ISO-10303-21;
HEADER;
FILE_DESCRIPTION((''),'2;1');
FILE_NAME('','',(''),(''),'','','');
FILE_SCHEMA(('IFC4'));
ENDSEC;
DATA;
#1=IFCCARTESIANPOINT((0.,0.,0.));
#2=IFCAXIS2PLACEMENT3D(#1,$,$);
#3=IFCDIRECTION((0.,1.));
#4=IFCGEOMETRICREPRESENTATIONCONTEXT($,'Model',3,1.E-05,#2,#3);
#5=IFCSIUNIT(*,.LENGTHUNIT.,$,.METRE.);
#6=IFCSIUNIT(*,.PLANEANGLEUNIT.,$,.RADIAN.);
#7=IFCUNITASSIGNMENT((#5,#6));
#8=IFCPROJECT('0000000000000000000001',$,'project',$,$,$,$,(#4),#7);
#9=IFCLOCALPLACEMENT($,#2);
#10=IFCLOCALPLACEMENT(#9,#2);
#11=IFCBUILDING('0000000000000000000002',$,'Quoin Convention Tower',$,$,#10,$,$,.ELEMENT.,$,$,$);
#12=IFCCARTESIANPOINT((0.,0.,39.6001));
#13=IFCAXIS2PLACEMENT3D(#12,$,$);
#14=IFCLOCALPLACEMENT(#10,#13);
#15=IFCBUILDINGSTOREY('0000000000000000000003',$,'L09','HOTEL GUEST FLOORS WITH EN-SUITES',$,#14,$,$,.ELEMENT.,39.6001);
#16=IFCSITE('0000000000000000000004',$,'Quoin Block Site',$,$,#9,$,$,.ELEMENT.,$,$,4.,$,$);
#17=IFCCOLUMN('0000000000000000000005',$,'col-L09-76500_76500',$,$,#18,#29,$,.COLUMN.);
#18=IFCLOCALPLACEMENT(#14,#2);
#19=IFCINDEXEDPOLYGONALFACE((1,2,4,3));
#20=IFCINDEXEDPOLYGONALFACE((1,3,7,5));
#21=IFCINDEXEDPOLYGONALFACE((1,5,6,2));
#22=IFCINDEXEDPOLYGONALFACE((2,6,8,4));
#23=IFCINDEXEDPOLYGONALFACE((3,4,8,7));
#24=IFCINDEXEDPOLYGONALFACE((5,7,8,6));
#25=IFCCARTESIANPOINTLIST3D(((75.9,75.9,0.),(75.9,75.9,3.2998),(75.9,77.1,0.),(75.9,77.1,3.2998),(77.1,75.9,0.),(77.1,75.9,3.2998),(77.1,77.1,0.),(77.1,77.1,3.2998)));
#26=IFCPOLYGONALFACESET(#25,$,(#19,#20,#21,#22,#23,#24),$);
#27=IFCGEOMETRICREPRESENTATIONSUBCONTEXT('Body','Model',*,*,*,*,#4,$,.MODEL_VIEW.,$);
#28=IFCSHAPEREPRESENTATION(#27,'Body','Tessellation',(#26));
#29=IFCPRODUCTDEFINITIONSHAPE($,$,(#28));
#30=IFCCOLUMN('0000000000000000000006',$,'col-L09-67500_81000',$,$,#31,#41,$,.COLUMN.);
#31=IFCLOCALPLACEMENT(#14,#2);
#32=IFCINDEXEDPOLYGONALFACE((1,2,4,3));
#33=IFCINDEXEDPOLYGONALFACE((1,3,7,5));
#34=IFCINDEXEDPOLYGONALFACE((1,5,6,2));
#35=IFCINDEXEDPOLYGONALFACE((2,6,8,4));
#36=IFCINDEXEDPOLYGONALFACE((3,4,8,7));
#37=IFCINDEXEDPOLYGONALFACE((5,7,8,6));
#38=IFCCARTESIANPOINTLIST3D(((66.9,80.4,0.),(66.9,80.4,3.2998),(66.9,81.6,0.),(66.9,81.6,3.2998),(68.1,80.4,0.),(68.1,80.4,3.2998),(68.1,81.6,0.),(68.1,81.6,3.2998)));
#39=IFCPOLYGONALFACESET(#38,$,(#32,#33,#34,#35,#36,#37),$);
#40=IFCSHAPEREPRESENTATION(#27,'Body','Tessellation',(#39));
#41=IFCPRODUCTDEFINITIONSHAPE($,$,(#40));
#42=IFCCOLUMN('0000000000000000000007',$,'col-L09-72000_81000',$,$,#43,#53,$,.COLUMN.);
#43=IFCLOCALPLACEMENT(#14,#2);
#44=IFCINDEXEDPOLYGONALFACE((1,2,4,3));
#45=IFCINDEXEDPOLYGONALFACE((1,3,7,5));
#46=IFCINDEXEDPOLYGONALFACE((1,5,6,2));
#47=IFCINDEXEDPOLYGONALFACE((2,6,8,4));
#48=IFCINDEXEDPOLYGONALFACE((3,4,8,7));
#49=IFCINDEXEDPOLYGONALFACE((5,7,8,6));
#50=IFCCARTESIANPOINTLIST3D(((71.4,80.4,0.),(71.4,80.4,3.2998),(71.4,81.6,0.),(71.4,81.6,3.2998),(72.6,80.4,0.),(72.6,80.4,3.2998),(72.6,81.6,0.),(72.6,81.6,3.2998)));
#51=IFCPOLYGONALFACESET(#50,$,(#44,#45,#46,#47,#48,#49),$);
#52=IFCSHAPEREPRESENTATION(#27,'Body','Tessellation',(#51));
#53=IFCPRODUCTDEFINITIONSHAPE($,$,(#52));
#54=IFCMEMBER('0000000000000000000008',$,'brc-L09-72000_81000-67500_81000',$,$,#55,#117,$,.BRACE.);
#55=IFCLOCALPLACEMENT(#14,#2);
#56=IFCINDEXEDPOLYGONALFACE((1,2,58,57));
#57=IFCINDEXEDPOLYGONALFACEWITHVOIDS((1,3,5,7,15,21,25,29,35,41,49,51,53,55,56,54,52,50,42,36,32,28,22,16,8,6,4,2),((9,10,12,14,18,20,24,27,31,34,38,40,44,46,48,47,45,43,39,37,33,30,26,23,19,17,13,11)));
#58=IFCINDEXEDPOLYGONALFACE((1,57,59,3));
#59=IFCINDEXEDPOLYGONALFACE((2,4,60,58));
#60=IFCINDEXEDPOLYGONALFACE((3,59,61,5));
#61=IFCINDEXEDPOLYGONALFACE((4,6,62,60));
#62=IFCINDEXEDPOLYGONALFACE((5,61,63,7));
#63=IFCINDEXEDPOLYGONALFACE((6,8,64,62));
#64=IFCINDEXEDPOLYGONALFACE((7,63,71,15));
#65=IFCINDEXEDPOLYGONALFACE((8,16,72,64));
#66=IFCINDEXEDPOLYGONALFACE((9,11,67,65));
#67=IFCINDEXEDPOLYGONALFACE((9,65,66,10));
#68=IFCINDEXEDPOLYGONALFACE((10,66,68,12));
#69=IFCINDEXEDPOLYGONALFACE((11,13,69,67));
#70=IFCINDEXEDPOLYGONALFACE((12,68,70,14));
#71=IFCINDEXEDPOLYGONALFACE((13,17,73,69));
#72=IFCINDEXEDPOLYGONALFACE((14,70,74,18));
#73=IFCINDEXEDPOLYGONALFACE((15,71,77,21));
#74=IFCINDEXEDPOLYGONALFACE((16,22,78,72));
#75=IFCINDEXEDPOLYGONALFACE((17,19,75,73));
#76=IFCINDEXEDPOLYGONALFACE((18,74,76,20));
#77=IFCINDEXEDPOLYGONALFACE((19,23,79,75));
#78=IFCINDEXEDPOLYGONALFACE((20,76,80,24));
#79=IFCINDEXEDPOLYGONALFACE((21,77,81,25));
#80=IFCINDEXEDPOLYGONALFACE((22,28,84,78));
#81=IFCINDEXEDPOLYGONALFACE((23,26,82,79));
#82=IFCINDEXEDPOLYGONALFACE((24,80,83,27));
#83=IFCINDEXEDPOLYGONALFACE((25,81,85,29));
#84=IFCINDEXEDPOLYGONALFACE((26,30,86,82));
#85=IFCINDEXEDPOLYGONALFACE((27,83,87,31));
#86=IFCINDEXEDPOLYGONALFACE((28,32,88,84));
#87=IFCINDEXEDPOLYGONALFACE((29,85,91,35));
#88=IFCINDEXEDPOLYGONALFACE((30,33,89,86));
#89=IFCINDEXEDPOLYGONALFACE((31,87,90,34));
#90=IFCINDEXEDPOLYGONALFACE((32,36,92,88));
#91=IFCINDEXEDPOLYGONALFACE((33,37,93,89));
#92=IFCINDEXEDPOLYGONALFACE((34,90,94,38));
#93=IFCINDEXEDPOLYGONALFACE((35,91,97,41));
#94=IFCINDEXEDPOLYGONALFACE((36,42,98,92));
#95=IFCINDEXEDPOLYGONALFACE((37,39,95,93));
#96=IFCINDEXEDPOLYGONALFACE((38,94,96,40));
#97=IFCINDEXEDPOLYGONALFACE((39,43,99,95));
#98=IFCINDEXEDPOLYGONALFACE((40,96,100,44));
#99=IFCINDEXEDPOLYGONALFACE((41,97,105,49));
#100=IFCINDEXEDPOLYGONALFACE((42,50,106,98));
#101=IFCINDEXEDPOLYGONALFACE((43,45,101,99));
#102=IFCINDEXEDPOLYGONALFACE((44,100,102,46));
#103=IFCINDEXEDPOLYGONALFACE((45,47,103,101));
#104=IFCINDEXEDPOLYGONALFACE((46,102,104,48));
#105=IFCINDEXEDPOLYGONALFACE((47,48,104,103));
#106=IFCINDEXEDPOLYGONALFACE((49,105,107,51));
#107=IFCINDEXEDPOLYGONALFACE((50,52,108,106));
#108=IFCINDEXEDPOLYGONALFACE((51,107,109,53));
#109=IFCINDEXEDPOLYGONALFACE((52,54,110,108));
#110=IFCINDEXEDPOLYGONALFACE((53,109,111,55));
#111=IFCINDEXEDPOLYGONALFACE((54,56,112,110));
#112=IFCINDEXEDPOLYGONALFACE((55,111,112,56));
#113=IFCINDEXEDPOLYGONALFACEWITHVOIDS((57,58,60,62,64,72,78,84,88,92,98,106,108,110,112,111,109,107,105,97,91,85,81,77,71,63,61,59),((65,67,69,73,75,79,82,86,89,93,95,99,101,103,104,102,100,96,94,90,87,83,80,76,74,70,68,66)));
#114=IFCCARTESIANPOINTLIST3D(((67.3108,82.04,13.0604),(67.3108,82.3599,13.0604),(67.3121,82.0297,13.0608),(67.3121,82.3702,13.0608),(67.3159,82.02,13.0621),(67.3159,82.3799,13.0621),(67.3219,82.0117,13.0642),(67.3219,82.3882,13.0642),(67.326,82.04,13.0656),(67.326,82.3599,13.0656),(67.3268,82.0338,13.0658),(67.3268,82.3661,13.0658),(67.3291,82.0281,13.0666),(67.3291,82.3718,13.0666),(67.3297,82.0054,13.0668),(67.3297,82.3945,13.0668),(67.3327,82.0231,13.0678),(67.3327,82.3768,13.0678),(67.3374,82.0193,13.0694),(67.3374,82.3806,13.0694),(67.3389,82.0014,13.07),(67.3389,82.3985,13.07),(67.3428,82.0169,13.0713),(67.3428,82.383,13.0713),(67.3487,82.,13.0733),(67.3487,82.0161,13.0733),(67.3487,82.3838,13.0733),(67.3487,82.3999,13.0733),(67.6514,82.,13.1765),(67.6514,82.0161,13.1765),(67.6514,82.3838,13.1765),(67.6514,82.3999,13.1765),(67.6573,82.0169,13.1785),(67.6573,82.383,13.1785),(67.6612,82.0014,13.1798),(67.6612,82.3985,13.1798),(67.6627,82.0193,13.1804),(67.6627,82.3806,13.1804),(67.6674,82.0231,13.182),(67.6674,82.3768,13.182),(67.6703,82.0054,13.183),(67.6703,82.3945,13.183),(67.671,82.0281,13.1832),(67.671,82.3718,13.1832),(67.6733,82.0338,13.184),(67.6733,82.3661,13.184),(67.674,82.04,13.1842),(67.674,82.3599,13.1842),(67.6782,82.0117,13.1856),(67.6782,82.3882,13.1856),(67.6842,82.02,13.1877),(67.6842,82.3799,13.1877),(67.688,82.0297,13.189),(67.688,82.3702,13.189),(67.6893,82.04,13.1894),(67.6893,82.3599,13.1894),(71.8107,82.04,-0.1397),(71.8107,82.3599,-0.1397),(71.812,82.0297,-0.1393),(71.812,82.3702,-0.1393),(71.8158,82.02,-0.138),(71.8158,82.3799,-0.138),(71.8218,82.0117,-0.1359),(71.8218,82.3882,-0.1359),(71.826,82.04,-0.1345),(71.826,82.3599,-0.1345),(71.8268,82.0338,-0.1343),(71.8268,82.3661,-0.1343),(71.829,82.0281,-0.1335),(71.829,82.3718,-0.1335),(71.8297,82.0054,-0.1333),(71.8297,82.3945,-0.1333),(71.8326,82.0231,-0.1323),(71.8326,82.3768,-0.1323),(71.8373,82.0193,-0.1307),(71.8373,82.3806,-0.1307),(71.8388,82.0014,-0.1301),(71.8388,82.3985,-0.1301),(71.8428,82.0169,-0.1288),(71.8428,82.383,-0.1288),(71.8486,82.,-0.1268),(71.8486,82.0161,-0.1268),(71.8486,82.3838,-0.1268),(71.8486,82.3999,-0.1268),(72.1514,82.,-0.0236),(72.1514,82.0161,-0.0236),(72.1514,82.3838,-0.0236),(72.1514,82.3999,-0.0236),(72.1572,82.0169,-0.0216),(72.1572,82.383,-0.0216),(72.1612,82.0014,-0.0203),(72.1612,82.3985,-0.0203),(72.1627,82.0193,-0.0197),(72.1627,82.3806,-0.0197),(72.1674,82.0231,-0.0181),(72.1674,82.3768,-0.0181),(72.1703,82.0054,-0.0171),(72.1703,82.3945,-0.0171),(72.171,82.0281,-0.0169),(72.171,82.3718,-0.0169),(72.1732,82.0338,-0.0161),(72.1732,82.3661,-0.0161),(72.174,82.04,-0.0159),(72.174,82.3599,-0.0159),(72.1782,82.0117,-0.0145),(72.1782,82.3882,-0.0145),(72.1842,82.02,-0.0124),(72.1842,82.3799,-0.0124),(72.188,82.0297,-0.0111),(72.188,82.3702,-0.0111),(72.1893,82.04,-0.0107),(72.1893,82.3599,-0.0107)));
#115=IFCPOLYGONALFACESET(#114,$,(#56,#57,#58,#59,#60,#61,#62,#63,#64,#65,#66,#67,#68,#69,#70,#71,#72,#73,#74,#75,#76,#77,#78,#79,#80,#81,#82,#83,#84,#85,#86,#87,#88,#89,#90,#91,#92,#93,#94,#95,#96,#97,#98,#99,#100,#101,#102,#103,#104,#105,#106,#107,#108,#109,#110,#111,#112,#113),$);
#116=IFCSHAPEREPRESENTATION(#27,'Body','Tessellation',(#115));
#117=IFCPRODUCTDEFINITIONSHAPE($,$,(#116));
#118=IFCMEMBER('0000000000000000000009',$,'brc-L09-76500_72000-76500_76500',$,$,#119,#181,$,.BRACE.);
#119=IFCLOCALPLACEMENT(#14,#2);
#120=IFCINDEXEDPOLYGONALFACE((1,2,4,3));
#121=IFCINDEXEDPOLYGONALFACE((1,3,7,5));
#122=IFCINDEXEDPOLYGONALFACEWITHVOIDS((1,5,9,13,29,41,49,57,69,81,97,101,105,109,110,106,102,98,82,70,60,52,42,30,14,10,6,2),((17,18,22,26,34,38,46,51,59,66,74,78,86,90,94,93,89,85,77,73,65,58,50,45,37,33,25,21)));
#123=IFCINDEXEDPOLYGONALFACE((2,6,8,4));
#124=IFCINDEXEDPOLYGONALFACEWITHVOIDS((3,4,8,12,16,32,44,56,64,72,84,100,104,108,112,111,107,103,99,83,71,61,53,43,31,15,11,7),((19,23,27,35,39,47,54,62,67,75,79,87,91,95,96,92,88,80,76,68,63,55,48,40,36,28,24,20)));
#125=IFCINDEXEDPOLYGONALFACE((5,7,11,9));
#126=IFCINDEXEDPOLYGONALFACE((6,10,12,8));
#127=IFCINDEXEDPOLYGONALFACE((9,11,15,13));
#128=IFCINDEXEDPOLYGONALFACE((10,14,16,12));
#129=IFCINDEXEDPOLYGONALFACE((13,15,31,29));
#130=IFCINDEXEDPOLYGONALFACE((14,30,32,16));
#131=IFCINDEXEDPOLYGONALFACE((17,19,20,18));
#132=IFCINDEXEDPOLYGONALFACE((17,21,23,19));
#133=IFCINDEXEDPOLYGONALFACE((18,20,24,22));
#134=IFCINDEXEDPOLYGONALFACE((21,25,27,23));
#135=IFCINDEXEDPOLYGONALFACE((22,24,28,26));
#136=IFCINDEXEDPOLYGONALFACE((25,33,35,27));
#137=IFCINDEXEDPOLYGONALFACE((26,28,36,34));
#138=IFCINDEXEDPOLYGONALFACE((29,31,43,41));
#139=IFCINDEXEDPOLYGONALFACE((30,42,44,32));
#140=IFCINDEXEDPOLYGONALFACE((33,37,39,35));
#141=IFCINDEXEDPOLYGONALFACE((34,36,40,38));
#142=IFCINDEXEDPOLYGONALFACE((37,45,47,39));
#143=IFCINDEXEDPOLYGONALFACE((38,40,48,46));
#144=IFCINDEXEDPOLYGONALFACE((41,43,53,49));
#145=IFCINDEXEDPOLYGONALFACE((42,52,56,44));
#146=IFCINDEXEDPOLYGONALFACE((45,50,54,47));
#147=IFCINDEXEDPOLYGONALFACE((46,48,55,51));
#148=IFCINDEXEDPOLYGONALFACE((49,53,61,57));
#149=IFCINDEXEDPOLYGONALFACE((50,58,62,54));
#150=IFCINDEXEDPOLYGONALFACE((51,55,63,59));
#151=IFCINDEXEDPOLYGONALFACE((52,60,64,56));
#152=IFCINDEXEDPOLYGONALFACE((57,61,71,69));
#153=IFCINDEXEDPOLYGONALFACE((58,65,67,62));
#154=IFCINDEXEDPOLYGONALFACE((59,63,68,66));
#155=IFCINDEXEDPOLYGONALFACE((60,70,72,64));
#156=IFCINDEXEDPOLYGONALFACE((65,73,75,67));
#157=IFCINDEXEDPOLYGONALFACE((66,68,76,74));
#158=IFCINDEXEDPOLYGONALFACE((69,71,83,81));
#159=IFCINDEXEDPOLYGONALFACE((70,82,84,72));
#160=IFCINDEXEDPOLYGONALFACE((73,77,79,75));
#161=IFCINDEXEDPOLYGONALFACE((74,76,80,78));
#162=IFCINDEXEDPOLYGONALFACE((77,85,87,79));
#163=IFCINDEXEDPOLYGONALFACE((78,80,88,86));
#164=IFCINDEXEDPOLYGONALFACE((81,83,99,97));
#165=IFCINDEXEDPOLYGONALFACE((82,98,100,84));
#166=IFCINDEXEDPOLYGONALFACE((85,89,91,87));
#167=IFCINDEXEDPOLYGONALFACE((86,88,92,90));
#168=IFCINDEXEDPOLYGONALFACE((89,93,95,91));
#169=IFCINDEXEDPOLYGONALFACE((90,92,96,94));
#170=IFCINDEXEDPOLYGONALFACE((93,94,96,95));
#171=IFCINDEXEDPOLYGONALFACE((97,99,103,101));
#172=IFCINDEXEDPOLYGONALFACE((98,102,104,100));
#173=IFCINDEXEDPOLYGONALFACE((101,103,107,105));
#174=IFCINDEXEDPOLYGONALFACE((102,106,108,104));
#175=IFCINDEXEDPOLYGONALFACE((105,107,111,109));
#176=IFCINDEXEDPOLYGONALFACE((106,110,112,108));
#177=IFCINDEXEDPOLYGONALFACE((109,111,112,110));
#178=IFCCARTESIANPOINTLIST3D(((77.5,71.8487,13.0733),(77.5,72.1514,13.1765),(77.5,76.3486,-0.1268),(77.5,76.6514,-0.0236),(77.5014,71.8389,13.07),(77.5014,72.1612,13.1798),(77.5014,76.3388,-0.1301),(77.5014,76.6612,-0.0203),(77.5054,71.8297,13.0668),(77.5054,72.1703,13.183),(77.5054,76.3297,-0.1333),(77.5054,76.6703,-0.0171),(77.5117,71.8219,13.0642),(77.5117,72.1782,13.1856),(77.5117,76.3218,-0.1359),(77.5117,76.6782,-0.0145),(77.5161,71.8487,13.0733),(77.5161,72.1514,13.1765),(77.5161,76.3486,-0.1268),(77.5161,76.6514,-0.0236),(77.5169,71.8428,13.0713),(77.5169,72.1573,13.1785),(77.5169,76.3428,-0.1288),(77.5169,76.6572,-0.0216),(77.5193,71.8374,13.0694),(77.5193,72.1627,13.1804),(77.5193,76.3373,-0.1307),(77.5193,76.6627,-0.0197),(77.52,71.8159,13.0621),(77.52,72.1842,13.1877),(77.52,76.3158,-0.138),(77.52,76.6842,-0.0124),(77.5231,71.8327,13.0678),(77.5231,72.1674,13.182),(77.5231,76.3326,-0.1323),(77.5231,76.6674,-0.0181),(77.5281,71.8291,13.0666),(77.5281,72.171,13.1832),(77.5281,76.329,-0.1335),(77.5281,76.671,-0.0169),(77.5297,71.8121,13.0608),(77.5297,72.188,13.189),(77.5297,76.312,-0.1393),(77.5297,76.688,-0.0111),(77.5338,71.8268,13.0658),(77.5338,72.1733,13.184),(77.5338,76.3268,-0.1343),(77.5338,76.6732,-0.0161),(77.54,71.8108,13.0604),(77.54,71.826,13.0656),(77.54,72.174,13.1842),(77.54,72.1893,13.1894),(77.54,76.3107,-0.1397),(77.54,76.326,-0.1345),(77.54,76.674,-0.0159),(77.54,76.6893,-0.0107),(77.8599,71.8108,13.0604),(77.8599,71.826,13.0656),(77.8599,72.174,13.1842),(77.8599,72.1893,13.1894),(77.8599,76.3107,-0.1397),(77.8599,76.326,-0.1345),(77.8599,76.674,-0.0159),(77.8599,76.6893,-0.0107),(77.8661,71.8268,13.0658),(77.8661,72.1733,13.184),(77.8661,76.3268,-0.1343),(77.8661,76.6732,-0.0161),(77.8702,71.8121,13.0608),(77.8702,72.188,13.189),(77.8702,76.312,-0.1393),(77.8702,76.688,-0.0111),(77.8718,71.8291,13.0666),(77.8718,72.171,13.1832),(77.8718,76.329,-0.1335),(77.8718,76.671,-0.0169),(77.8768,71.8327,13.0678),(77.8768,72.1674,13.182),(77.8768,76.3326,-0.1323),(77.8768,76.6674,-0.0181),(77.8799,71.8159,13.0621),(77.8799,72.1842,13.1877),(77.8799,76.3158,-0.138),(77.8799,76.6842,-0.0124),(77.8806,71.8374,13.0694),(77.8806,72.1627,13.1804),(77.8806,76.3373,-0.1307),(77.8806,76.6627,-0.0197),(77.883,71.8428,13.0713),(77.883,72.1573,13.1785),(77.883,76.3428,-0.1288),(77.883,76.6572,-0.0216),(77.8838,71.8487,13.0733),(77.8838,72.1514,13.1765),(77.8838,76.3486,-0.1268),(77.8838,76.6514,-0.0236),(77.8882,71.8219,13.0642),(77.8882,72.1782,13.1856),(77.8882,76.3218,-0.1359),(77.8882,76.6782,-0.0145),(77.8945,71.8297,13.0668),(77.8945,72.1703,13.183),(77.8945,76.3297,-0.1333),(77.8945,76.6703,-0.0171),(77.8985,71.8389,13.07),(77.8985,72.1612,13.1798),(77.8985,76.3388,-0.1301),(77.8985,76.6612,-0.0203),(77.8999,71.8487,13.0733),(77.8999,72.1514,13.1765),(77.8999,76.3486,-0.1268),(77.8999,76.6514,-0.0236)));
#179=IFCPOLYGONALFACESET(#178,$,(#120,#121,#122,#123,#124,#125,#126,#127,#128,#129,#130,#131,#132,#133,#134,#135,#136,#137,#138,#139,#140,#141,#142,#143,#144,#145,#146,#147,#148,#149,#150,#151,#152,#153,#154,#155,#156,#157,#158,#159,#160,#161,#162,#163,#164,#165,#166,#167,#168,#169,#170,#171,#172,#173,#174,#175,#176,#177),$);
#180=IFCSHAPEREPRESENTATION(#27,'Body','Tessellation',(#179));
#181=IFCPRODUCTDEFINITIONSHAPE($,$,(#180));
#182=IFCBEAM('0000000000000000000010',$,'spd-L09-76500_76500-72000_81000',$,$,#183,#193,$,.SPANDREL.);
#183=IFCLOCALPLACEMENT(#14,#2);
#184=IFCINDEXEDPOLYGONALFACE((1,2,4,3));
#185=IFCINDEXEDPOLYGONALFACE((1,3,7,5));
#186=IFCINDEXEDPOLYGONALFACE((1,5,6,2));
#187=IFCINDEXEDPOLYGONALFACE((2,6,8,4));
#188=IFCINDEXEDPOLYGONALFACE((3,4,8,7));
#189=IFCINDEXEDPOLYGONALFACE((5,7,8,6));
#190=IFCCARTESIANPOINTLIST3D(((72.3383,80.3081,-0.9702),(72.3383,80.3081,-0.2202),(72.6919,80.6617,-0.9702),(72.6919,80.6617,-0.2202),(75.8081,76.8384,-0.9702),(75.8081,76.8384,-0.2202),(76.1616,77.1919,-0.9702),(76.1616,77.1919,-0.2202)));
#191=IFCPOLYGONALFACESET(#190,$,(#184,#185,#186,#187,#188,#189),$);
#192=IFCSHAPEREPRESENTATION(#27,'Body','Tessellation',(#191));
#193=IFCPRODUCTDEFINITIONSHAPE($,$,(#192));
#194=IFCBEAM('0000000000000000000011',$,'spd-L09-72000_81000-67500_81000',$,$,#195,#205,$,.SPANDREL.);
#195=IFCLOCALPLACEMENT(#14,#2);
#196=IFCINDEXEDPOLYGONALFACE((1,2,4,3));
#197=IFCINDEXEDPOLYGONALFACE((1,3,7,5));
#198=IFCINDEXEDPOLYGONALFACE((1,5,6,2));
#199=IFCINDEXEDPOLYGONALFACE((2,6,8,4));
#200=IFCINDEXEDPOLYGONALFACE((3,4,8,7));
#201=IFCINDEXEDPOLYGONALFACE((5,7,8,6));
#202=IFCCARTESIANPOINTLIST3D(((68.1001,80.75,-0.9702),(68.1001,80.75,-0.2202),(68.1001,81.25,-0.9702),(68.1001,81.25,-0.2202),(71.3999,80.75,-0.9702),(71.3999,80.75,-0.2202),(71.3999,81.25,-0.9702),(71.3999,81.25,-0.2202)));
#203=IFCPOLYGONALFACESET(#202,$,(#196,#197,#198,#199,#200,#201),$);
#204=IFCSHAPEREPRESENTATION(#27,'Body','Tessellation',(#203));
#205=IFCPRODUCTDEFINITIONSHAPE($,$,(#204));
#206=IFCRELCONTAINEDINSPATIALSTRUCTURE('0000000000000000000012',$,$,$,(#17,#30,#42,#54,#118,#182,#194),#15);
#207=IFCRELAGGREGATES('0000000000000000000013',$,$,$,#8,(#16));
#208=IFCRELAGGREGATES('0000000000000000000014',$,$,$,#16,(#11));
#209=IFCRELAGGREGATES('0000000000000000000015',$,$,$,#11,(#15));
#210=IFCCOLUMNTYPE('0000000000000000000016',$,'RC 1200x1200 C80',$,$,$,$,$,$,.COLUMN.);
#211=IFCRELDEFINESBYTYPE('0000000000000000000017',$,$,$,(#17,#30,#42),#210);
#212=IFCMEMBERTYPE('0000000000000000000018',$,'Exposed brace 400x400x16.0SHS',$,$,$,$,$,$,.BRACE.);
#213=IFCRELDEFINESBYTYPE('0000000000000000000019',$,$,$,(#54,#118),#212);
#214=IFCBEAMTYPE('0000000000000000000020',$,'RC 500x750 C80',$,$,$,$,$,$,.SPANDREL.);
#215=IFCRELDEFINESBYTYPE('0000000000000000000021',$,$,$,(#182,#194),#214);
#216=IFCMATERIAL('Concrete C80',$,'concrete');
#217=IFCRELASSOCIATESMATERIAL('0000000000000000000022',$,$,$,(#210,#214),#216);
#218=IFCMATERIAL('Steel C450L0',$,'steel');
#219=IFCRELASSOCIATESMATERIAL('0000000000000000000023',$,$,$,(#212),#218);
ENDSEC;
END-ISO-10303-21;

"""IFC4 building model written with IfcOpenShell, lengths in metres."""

from ifc_helpers import new_model, si_unit, direction, frame, origin, origin_2d, place, context, subcontext, project, spatial, rectangle, hollow_rectangle, extrude, material, material_profile, profile_set, type_object, element, save


model = new_model("IFC4")

# Units and contexts
model_context = context("Model", 3, precision=1e-05, world=origin(), true_north=direction((0.0, 1.0)))
body_context = subcontext(model_context, "Body", "Model", "MODEL_VIEW")
ifc_project = project(units=[si_unit("LENGTHUNIT", "METRE"), si_unit("PLANEANGLEUNIT", "RADIAN")], contexts=[model_context])

# Site, building, storey
site_placement = place(None, origin())
site = spatial("IfcSite", under=ifc_project, at=site_placement, Name="Quoin Block Site", CompositionType="ELEMENT", RefElevation=4.0)
building_placement = place(site_placement, origin())
building = spatial("IfcBuilding", under=site, at=building_placement, Name="Quoin Convention Tower", CompositionType="ELEMENT")
storey_placement = place(building_placement, frame((0.0, 0.0, 39.6001)))
storey = spatial("IfcBuildingStorey", under=building, at=storey_placement, Name="L09", Description="HOTEL GUEST FLOORS WITH EN-SUITES", CompositionType="ELEMENT", Elevation=39.6001)

# Columns
ifc_material_1 = material(Name="Concrete C80", Category="concrete")
ifc_material_profile_1 = material_profile(ifc_material_1, rectangle(XDim=1.2, YDim=1.2, at=origin_2d()), Name="RC 1200x1200")
ifc_profile_set_1 = profile_set([ifc_material_profile_1], Name="Concrete C80")
column_type = type_object("IfcColumnType", Name="RC 1200x1200 C80", PredefinedType="COLUMN", material=ifc_profile_set_1)
for number, where, z_axis, x_axis, name in (
    (1, (76.5, 76.5, 0.0), (0.0, 0.0, 1.0), (1.0, 0.0, 0.0), "col-L09-76500_76500"),
    (2, (67.5, 81.0, 0.0), (0.0, 0.0, 1.0), (1.0, 0.0, 0.0), "col-L09-67500_81000"),
    (3, (72.0, 81.0, 0.0), (0.0, 0.0, 1.0), (1.0, 0.0, 0.0), "col-L09-72000_81000"),
):
    element("IfcColumn", number, at=place(storey_placement, frame(where, z_axis=z_axis, x_axis=x_axis)), inside=storey, type_object=column_type, Name=name, PredefinedType="COLUMN", context=body_context, shape_type="SweptSolid", body=[
        extrude(rectangle(XDim=1.2, YDim=1.2, at=origin_2d()), origin(), (0.0, 0.0, 1.0), 3.2998),
    ])

# Members
ifc_material_2 = material(Name="Steel C450L0", Category="steel")
ifc_material_profile_2 = material_profile(ifc_material_2, hollow_rectangle(XDim=0.3999, YDim=0.3999, WallThickness=0.0161, InnerFilletRadius=0.0239, OuterFilletRadius=0.04, at=origin_2d()), Name="400x400x16.0SHS")
ifc_profile_set_2 = profile_set([ifc_material_profile_2], Name="Steel C450L0")
member_type = type_object("IfcMemberType", Name="Exposed brace 400x400x16.0SHS", PredefinedType="BRACE", material=ifc_profile_set_2)
for number, where, z_axis, x_axis, name in (
    (4, (72.0, 82.2, -0.0752), (-0.32267, 0.0, 0.946512), (0.0, -1.0, 0.0), "brc-L09-72000_81000-67500_81000"),
    (5, (77.7, 76.5, -0.0752), (0.0, -0.32267, 0.946512), (1.0, 0.0, 0.0), "brc-L09-76500_72000-76500_76500"),
):
    element("IfcMember", number, at=place(storey_placement, frame(where, z_axis=z_axis, x_axis=x_axis)), inside=storey, type_object=member_type, Name=name, PredefinedType="BRACE", context=body_context, shape_type="SweptSolid", body=[
        extrude(hollow_rectangle(XDim=0.3999, YDim=0.3999, WallThickness=0.0161, InnerFilletRadius=0.0239, OuterFilletRadius=0.04, at=origin_2d()), origin(), (0.0, 0.0, 1.0), 13.946),
    ])

# Beams
ifc_material_profile_3 = material_profile(ifc_material_1, rectangle(XDim=0.5, YDim=0.75, at=origin_2d()), Name="RC 500x750")
ifc_profile_set_3 = profile_set([ifc_material_profile_3], Name="Concrete C80")
beam_type = type_object("IfcBeamType", Name="RC 500x750 C80", PredefinedType="SPANDREL", material=ifc_profile_set_3)
beam_placement = place(storey_placement, frame((75.9849, 77.0151, -0.5952), z_axis=(-0.707107, 0.707107, 0.0), x_axis=(-0.707107, -0.707107, 0.0)))
element("IfcBeam", 6, at=beam_placement, inside=storey, type_object=beam_type, Name="spd-L09-76500_76500-72000_81000", PredefinedType="SPANDREL", context=body_context, shape_type="SweptSolid", body=[
    extrude(rectangle(XDim=0.5, YDim=0.75, at=origin_2d()), origin(), (0.0, 0.0, 1.0), 4.907),
])
for number, where, z_axis, x_axis, name in (
    (7, (71.3999, 81.0, -0.5952), (-1.0, 0.0, 0.0), (0.0, -1.0, 0.0), "spd-L09-72000_81000-67500_81000"),
):
    element("IfcBeam", number, at=place(storey_placement, frame(where, z_axis=z_axis, x_axis=x_axis)), inside=storey, type_object=beam_type, Name=name, PredefinedType="SPANDREL", context=body_context, shape_type="SweptSolid", body=[
        extrude(rectangle(XDim=0.5, YDim=0.75, at=origin_2d()), origin(), (0.0, 0.0, 1.0), 3.2998),
    ])

save(model, "model.ifc")
